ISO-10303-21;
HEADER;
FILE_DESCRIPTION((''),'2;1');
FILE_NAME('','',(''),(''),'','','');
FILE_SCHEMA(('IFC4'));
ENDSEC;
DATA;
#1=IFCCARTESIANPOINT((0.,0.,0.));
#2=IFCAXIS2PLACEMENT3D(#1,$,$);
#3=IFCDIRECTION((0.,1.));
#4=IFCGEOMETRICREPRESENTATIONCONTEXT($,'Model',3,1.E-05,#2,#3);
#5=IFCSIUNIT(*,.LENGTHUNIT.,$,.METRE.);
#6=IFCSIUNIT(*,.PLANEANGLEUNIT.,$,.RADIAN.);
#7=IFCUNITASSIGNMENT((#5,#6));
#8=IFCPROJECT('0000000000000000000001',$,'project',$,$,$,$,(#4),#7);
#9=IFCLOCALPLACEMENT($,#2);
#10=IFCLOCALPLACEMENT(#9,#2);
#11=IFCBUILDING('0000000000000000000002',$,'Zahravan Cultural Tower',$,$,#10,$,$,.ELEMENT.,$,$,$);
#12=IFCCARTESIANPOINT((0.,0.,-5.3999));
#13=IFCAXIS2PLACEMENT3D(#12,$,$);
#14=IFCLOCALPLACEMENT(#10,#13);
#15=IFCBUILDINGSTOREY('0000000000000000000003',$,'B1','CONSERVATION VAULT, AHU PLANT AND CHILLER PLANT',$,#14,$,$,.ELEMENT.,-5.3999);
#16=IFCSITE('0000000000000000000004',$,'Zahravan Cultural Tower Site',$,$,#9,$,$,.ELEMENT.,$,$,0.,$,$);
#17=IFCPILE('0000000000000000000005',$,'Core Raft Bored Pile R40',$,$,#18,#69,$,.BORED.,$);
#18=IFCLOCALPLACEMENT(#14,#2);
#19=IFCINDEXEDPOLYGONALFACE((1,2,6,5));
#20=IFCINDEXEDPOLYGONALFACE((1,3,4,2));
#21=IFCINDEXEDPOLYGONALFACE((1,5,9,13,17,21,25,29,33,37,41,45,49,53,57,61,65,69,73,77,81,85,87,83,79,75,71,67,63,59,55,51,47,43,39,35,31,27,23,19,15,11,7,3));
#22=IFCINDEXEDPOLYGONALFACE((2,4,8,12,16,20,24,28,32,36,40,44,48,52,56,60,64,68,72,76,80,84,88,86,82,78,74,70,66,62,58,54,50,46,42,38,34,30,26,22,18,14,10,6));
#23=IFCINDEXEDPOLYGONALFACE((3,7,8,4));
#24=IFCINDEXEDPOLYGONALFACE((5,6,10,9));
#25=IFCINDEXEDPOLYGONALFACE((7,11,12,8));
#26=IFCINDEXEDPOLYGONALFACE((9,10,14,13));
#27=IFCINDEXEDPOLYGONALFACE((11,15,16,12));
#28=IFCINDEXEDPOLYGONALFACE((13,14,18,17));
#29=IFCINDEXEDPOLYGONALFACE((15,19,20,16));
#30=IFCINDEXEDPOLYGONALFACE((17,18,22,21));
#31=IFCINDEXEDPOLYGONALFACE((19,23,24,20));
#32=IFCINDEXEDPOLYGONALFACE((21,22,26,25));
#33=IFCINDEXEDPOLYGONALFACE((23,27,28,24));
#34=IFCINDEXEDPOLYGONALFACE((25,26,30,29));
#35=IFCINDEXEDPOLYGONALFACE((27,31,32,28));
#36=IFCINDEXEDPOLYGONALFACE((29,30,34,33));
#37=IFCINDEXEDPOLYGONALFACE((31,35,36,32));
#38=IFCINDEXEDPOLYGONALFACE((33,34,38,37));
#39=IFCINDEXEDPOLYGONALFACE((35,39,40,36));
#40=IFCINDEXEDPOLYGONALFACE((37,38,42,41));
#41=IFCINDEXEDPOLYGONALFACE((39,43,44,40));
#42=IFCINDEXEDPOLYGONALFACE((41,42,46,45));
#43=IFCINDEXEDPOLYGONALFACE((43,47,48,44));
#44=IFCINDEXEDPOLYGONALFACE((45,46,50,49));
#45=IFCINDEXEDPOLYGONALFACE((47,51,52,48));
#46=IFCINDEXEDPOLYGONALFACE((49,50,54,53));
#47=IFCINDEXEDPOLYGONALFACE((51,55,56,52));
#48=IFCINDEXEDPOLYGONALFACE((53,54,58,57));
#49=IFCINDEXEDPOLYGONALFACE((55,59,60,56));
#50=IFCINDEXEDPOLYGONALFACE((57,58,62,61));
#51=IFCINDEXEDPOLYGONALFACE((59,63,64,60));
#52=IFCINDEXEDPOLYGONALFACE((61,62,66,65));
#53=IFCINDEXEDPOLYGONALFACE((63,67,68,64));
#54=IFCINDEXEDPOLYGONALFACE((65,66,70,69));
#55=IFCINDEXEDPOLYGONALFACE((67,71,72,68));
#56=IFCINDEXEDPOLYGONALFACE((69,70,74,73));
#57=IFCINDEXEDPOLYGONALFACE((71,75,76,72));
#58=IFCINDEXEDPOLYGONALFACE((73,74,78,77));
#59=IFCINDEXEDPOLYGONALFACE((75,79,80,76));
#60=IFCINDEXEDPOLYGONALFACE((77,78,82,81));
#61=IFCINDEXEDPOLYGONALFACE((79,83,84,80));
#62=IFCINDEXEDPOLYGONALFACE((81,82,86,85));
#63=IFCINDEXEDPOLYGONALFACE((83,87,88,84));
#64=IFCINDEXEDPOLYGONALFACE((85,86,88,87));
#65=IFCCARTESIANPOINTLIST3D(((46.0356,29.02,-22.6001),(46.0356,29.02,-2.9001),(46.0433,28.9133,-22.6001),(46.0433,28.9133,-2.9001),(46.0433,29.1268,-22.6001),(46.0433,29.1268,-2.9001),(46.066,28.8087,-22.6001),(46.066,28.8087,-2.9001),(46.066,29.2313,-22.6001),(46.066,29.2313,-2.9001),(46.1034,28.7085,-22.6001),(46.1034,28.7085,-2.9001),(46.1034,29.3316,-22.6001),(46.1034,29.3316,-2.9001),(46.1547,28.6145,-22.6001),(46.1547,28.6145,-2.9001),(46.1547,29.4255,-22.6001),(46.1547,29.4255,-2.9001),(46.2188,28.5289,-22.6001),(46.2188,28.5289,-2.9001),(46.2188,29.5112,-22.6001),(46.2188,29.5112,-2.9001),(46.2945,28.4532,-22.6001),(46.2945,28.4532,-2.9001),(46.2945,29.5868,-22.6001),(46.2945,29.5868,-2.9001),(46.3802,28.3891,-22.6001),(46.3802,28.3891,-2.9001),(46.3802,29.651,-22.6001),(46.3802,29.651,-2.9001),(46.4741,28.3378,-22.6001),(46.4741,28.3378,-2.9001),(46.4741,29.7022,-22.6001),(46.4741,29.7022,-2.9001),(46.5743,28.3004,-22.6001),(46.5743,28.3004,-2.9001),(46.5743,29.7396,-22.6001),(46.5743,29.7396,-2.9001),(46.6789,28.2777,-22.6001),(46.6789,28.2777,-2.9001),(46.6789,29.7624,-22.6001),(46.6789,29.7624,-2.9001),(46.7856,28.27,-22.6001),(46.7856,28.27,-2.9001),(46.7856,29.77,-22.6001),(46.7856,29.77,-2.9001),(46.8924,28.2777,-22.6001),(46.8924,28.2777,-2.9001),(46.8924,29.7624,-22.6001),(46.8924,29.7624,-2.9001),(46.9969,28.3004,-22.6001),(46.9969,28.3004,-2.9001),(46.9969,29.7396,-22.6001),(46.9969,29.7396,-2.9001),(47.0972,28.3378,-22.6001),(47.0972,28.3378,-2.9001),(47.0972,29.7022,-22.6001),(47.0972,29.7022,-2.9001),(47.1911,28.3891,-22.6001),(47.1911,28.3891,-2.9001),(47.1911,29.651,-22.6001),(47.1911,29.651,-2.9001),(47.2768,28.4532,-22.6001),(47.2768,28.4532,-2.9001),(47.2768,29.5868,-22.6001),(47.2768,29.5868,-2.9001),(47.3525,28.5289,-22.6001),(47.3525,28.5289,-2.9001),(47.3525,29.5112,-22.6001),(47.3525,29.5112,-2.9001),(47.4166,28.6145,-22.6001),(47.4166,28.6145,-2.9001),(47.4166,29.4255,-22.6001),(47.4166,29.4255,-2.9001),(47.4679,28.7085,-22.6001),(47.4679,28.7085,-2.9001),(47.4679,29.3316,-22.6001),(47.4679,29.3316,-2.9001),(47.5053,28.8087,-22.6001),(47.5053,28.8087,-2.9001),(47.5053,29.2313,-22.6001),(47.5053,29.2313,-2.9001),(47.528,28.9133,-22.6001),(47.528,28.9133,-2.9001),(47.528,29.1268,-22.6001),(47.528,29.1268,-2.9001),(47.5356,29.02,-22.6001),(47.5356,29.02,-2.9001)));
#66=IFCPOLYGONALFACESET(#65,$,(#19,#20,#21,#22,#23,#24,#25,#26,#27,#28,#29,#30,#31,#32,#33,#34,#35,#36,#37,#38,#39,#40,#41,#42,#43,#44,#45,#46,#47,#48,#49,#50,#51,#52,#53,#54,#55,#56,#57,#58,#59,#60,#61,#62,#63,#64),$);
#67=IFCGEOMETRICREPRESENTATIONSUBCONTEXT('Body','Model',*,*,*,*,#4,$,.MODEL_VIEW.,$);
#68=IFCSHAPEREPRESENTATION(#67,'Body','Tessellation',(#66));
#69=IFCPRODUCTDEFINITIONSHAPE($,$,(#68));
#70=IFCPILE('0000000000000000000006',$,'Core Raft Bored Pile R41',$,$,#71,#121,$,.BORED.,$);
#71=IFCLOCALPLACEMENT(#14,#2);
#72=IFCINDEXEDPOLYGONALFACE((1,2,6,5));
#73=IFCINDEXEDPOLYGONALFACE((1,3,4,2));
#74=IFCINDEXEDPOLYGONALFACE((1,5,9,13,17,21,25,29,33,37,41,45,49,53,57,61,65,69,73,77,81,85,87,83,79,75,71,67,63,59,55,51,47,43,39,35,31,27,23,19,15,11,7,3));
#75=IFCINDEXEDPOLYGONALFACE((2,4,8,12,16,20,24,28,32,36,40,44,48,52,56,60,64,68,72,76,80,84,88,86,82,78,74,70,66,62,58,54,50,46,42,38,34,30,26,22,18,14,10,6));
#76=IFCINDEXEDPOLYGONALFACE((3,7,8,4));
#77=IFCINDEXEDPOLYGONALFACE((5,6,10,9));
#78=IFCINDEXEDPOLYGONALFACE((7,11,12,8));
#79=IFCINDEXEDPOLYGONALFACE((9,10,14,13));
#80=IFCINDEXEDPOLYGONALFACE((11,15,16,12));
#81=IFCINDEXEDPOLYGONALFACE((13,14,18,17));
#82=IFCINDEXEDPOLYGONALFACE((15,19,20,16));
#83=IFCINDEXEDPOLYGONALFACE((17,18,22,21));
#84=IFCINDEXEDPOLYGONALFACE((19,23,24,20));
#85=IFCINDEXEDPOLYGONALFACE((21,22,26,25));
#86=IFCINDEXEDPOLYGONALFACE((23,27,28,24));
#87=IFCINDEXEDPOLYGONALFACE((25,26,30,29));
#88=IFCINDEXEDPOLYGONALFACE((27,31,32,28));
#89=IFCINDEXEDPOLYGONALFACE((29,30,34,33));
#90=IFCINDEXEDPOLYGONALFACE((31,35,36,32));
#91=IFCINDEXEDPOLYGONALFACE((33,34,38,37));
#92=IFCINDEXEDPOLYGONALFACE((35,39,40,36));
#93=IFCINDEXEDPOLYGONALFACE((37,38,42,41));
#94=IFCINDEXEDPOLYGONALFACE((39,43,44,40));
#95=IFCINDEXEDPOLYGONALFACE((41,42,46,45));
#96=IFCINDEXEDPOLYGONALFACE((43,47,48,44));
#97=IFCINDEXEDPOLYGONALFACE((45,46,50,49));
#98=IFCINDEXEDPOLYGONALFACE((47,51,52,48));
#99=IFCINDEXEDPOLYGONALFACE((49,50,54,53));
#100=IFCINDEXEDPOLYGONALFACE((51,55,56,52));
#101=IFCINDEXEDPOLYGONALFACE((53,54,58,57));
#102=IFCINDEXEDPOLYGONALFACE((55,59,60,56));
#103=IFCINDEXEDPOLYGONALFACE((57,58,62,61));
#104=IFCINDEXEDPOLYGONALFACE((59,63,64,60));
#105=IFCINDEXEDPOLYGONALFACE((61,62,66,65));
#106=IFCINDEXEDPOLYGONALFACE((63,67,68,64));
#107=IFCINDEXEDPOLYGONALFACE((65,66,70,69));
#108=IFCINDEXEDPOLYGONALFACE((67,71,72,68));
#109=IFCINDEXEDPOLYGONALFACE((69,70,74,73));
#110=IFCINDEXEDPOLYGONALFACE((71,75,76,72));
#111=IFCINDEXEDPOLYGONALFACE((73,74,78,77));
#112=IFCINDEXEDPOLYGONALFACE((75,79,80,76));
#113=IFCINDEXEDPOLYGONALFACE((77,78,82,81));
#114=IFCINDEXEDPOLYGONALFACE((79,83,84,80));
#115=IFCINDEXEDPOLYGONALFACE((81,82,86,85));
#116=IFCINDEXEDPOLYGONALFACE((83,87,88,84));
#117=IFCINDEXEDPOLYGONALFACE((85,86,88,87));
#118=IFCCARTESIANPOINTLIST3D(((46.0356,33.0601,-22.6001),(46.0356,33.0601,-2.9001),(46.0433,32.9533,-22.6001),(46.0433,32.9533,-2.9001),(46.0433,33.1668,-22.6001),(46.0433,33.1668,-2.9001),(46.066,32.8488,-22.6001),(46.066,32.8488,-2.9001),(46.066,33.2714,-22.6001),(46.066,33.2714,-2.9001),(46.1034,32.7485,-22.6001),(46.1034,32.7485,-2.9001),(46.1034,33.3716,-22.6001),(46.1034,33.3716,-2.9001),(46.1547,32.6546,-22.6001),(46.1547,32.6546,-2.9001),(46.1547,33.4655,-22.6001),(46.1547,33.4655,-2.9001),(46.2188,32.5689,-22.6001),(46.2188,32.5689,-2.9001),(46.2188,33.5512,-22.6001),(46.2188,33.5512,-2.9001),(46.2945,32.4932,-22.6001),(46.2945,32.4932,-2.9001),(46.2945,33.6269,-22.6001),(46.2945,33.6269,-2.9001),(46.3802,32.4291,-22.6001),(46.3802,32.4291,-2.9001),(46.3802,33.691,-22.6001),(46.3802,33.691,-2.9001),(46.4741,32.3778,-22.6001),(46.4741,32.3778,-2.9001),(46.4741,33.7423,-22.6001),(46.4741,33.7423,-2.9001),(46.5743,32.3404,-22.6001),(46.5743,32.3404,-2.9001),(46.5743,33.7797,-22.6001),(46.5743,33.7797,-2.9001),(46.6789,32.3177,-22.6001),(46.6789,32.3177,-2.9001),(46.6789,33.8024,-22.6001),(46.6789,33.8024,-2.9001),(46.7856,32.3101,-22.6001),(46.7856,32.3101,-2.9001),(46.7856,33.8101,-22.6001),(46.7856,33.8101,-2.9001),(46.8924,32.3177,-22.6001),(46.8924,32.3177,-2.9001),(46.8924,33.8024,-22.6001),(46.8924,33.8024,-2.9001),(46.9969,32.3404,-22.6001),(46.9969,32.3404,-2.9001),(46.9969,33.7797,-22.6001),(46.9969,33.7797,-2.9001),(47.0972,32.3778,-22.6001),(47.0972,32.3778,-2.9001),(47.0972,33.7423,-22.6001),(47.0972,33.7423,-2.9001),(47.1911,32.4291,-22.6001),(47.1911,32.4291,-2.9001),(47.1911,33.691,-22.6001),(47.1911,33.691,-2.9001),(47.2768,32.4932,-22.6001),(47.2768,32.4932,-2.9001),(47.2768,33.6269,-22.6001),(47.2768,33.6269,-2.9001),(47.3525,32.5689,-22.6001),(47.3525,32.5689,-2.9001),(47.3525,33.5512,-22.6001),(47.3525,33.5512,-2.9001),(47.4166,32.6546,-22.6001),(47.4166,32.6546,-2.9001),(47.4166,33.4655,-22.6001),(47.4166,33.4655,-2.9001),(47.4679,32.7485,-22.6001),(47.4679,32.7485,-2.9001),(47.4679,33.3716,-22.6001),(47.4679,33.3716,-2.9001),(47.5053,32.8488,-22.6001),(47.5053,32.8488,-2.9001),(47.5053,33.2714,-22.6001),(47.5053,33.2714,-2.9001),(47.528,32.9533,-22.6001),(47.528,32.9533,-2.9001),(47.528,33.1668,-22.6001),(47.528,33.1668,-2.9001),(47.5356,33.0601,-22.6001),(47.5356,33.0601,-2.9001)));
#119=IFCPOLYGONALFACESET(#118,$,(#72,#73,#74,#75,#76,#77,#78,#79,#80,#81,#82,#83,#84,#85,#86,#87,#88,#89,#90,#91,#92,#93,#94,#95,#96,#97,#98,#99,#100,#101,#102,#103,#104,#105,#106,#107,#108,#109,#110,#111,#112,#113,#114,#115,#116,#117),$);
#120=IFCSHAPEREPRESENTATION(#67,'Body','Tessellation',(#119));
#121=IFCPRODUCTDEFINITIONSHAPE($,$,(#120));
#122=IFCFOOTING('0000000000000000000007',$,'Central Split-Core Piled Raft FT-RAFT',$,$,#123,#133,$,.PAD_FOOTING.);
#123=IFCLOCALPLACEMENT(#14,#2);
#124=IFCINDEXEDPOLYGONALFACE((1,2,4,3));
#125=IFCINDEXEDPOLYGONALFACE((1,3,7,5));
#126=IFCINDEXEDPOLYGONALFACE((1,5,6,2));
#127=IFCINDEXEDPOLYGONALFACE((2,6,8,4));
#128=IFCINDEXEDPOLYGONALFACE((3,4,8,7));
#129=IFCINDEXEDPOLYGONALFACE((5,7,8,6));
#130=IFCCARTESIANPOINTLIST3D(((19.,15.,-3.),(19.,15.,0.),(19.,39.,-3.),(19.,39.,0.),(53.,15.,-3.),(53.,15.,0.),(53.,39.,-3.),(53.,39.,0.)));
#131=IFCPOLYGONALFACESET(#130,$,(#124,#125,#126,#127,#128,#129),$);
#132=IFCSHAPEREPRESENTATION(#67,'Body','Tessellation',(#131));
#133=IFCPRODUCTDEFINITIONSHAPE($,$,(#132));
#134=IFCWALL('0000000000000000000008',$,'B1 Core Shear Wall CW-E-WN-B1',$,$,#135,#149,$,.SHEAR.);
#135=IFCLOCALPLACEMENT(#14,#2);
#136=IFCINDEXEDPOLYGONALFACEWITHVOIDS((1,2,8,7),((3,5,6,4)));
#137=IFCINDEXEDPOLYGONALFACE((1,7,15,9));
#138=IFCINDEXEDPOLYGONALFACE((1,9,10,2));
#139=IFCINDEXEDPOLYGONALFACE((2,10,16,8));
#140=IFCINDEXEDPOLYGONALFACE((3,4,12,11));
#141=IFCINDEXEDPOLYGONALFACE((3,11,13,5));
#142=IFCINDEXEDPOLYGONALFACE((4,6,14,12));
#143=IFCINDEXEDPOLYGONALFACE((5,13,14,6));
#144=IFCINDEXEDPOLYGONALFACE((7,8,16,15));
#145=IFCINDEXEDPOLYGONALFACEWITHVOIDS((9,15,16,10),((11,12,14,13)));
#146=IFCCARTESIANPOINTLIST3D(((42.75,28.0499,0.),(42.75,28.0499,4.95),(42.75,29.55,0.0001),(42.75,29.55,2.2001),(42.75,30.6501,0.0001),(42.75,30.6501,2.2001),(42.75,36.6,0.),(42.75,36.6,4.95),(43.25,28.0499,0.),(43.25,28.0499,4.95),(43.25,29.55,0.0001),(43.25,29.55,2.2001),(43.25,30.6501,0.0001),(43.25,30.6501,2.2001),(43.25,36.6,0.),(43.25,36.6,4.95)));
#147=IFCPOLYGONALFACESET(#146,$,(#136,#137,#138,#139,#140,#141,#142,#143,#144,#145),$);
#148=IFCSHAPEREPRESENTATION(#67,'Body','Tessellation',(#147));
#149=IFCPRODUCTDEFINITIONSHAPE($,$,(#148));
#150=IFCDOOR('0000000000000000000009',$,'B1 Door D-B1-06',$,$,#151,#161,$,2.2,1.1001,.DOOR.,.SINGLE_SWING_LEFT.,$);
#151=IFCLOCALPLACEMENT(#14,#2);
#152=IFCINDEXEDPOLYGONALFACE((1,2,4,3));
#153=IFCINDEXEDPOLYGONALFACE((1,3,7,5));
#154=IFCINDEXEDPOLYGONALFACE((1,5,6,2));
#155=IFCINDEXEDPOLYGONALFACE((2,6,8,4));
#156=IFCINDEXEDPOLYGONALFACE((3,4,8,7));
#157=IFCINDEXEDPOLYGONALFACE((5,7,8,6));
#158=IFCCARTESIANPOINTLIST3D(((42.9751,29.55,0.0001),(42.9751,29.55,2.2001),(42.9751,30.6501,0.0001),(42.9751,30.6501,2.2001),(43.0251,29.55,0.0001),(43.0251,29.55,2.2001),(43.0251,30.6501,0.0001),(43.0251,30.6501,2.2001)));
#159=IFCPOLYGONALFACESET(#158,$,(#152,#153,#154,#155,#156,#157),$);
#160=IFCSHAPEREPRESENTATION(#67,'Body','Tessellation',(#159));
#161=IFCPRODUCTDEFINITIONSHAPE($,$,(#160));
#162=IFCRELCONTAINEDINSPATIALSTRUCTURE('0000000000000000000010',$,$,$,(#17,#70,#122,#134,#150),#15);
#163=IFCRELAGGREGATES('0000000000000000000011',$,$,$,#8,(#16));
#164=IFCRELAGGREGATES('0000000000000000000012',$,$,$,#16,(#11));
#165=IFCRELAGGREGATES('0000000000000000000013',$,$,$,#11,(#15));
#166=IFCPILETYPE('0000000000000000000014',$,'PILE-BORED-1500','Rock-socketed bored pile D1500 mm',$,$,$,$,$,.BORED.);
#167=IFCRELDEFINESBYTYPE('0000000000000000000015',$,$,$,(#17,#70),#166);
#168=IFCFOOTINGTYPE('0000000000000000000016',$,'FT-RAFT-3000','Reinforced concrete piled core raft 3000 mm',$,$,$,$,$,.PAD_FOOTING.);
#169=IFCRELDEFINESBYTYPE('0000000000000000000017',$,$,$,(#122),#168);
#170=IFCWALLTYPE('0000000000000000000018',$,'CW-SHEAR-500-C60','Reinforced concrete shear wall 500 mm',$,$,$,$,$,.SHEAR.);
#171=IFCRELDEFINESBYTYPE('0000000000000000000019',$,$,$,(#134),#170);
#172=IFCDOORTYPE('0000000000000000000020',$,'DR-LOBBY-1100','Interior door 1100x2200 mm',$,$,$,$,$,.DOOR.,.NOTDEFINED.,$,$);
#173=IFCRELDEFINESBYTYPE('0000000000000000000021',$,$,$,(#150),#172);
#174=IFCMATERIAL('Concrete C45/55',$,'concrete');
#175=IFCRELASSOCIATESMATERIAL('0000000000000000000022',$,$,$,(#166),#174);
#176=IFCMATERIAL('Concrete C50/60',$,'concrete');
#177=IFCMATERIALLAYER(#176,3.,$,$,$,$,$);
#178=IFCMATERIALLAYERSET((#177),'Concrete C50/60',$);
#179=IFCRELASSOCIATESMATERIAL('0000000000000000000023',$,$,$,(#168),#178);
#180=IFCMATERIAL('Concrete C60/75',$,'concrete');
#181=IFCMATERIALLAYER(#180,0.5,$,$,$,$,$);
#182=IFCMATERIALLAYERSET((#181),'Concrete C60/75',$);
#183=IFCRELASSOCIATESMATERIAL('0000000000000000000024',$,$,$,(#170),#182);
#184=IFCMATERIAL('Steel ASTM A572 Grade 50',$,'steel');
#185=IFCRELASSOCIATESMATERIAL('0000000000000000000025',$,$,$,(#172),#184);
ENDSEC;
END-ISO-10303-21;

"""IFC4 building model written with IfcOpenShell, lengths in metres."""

from ifc_helpers import new_model, si_unit, direction, frame, frame_2d, origin, origin_2d, place, context, subcontext, project, spatial, rectangle, circle, extrude, source, transform, mapped, material, layer, layer_set, material_profile, profile_set, type_object, element, fill, save


model = new_model("IFC4")

# Units and contexts
model_context = context("Model", 3, precision=1e-05, world=origin(), true_north=direction((0.0, 1.0)))
body_context = subcontext(model_context, "Body", "Model", "MODEL_VIEW")
ifc_project = project(units=[si_unit("LENGTHUNIT", "METRE"), si_unit("PLANEANGLEUNIT", "RADIAN")], contexts=[model_context])

# Site, building, storey
site_placement = place(None, origin())
site = spatial("IfcSite", under=ifc_project, at=site_placement, Name="Zahravan Cultural Tower Site", CompositionType="ELEMENT", RefElevation=0.0)
building_placement = place(site_placement, origin())
building = spatial("IfcBuilding", under=site, at=building_placement, Name="Zahravan Cultural Tower", CompositionType="ELEMENT")
storey_placement = place(building_placement, frame((0.0, 0.0, -5.3999)))
storey = spatial("IfcBuildingStorey", under=building, at=storey_placement, Name="B1", Description="CONSERVATION VAULT, AHU PLANT AND CHILLER PLANT", CompositionType="ELEMENT", Elevation=-5.3999)

# Piles
ifc_material_1 = material(Name="Concrete C45/55", Category="concrete")
ifc_material_profile = material_profile(ifc_material_1, circle(Radius=0.75, at=origin_2d()), Name="PILE-D1500")
ifc_profile_set = profile_set([ifc_material_profile], Name="Concrete C45/55")
pile_type = type_object("IfcPileType", Name="PILE-BORED-1500", Description="Rock-socketed bored pile D1500 mm", PredefinedType="BORED", material=ifc_profile_set)
for number, where, z_axis, x_axis, name in (
    (1, (46.7856, 29.02, -2.9001), (0.0, 0.0, -1.0), (1.0, 0.0, 0.0), "Core Raft Bored Pile R40"),
    (2, (46.7856, 33.0601, -2.9001), (0.0, 0.0, -1.0), (1.0, 0.0, 0.0), "Core Raft Bored Pile R41"),
):
    element("IfcPile", number, at=place(storey_placement, frame(where, z_axis=z_axis, x_axis=x_axis)), inside=storey, type_object=pile_type, Name=name, PredefinedType="BORED", context=body_context, shape_type="SweptSolid", body=[
        extrude(circle(Radius=0.75, at=origin_2d()), origin(), (0.0, 0.0, 1.0), 19.7),
    ])

# Footing
ifc_material_2 = material(Name="Concrete C50/60", Category="concrete")
ifc_layer_1 = layer(ifc_material_2, 3.0)
ifc_layer_set_1 = layer_set([ifc_layer_1], Name="Concrete C50/60")
footing_type = type_object("IfcFootingType", Name="FT-RAFT-3000", Description="Reinforced concrete piled core raft 3000 mm", PredefinedType="PAD_FOOTING", material=ifc_layer_set_1)
shared_shape_1 = source(origin(), body_context, "Body", "SweptSolid", [
    extrude(rectangle(XDim=34.0, YDim=24.0, at=origin_2d()), origin(), (0.0, 0.0, 1.0), 3.0),
])
footing_placement = place(storey_placement, frame((36.0, 27.0, -3.0), z_axis=(0.0, 0.0, 1.0), x_axis=(1.0, 0.0, 0.0)))
element("IfcFooting", 3, at=footing_placement, inside=storey, type_object=footing_type, Name="Central Split-Core Piled Raft FT-RAFT", PredefinedType="PAD_FOOTING", context=body_context, shape_type="MappedRepresentation", body=[
    mapped(shared_shape_1, transform((0.0, 0.0, 0.0), x_axis=(1.0, 0.0, 0.0), y_axis=(0.0, 1.0, 0.0), z_axis=(0.0, 0.0, 1.0), scale=1.0)),
])

# Wall, opening, door
ifc_material_3 = material(Name="Concrete C60/75", Category="concrete")
ifc_layer_2 = layer(ifc_material_3, 0.5)
ifc_layer_set_2 = layer_set([ifc_layer_2], Name="Concrete C60/75")
wall_type_1 = type_object("IfcWallType", Name="CW-SHEAR-500-C60", Description="Reinforced concrete shear wall 500 mm", PredefinedType="SHEAR", material=ifc_layer_set_2)
wall_1_placement = place(storey_placement, frame((43.0, 28.05, 0.0), z_axis=(0.0, 0.0, 1.0), x_axis=(0.0, 1.0, 0.0)))
wall_1 = element("IfcWall", 4, at=wall_1_placement, inside=storey, type_object=wall_type_1, Name="B1 Core Shear Wall CW-E-WN-B1", PredefinedType="SHEAR", context=body_context, shape_type="SweptSolid", body=[
    extrude(rectangle(XDim=8.55, YDim=0.5, at=frame_2d((4.2749, 0.0))), origin(), (0.0, 0.0, 1.0), 4.95),
])
opening_1_placement = place(wall_1_placement, frame((1.5, 0.0, 0.0)))
opening_1 = element("IfcOpeningElement", 5, at=opening_1_placement, cuts=wall_1, PredefinedType="OPENING", context=body_context, shape_type="SweptSolid", body=[
    extrude(rectangle(XDim=1.1001, YDim=2.2, at=frame_2d((0.55, 1.1001))), frame((0.0, 0.26, 0.0), z_axis=(0.0, -1.0, 0.0), x_axis=(1.0, 0.0, 0.0)), (0.0, 0.0, 1.0), 0.52),
])
ifc_material_4 = material(Name="Steel ASTM A572 Grade 50", Category="steel")
door_type_1 = type_object("IfcDoorType", Name="DR-LOBBY-1100", Description="Interior door 1100x2200 mm", OperationType="NOTDEFINED", PredefinedType="DOOR", material=ifc_material_4)
shared_shape_2 = source(origin(), body_context, "Body", "SweptSolid", [
    extrude(rectangle(XDim=1.1001, YDim=2.2, at=frame_2d((0.55, 1.1001))), frame((0.0, 0.0249, 0.0), z_axis=(0.0, -1.0, 0.0), x_axis=(1.0, 0.0, 0.0)), (0.0, 0.0, 1.0), 0.05),
])
door_1_placement = place(opening_1_placement, origin())
door_1 = element("IfcDoor", 6, at=door_1_placement, inside=storey, type_object=door_type_1, Name="B1 Door D-B1-06", OperationType="SINGLE_SWING_LEFT", OverallHeight=2.2, OverallWidth=1.1001, PredefinedType="DOOR", context=body_context, shape_type="MappedRepresentation", body=[
    mapped(shared_shape_2, transform((0.0, 0.0, 0.0), x_axis=(1.0, 0.0, 0.0), y_axis=(0.0, 1.0, 0.0), z_axis=(0.0, 0.0, 1.0), scale=1.0)),
])
fill(opening_1, door_1)

save(model, "model.ifc")
